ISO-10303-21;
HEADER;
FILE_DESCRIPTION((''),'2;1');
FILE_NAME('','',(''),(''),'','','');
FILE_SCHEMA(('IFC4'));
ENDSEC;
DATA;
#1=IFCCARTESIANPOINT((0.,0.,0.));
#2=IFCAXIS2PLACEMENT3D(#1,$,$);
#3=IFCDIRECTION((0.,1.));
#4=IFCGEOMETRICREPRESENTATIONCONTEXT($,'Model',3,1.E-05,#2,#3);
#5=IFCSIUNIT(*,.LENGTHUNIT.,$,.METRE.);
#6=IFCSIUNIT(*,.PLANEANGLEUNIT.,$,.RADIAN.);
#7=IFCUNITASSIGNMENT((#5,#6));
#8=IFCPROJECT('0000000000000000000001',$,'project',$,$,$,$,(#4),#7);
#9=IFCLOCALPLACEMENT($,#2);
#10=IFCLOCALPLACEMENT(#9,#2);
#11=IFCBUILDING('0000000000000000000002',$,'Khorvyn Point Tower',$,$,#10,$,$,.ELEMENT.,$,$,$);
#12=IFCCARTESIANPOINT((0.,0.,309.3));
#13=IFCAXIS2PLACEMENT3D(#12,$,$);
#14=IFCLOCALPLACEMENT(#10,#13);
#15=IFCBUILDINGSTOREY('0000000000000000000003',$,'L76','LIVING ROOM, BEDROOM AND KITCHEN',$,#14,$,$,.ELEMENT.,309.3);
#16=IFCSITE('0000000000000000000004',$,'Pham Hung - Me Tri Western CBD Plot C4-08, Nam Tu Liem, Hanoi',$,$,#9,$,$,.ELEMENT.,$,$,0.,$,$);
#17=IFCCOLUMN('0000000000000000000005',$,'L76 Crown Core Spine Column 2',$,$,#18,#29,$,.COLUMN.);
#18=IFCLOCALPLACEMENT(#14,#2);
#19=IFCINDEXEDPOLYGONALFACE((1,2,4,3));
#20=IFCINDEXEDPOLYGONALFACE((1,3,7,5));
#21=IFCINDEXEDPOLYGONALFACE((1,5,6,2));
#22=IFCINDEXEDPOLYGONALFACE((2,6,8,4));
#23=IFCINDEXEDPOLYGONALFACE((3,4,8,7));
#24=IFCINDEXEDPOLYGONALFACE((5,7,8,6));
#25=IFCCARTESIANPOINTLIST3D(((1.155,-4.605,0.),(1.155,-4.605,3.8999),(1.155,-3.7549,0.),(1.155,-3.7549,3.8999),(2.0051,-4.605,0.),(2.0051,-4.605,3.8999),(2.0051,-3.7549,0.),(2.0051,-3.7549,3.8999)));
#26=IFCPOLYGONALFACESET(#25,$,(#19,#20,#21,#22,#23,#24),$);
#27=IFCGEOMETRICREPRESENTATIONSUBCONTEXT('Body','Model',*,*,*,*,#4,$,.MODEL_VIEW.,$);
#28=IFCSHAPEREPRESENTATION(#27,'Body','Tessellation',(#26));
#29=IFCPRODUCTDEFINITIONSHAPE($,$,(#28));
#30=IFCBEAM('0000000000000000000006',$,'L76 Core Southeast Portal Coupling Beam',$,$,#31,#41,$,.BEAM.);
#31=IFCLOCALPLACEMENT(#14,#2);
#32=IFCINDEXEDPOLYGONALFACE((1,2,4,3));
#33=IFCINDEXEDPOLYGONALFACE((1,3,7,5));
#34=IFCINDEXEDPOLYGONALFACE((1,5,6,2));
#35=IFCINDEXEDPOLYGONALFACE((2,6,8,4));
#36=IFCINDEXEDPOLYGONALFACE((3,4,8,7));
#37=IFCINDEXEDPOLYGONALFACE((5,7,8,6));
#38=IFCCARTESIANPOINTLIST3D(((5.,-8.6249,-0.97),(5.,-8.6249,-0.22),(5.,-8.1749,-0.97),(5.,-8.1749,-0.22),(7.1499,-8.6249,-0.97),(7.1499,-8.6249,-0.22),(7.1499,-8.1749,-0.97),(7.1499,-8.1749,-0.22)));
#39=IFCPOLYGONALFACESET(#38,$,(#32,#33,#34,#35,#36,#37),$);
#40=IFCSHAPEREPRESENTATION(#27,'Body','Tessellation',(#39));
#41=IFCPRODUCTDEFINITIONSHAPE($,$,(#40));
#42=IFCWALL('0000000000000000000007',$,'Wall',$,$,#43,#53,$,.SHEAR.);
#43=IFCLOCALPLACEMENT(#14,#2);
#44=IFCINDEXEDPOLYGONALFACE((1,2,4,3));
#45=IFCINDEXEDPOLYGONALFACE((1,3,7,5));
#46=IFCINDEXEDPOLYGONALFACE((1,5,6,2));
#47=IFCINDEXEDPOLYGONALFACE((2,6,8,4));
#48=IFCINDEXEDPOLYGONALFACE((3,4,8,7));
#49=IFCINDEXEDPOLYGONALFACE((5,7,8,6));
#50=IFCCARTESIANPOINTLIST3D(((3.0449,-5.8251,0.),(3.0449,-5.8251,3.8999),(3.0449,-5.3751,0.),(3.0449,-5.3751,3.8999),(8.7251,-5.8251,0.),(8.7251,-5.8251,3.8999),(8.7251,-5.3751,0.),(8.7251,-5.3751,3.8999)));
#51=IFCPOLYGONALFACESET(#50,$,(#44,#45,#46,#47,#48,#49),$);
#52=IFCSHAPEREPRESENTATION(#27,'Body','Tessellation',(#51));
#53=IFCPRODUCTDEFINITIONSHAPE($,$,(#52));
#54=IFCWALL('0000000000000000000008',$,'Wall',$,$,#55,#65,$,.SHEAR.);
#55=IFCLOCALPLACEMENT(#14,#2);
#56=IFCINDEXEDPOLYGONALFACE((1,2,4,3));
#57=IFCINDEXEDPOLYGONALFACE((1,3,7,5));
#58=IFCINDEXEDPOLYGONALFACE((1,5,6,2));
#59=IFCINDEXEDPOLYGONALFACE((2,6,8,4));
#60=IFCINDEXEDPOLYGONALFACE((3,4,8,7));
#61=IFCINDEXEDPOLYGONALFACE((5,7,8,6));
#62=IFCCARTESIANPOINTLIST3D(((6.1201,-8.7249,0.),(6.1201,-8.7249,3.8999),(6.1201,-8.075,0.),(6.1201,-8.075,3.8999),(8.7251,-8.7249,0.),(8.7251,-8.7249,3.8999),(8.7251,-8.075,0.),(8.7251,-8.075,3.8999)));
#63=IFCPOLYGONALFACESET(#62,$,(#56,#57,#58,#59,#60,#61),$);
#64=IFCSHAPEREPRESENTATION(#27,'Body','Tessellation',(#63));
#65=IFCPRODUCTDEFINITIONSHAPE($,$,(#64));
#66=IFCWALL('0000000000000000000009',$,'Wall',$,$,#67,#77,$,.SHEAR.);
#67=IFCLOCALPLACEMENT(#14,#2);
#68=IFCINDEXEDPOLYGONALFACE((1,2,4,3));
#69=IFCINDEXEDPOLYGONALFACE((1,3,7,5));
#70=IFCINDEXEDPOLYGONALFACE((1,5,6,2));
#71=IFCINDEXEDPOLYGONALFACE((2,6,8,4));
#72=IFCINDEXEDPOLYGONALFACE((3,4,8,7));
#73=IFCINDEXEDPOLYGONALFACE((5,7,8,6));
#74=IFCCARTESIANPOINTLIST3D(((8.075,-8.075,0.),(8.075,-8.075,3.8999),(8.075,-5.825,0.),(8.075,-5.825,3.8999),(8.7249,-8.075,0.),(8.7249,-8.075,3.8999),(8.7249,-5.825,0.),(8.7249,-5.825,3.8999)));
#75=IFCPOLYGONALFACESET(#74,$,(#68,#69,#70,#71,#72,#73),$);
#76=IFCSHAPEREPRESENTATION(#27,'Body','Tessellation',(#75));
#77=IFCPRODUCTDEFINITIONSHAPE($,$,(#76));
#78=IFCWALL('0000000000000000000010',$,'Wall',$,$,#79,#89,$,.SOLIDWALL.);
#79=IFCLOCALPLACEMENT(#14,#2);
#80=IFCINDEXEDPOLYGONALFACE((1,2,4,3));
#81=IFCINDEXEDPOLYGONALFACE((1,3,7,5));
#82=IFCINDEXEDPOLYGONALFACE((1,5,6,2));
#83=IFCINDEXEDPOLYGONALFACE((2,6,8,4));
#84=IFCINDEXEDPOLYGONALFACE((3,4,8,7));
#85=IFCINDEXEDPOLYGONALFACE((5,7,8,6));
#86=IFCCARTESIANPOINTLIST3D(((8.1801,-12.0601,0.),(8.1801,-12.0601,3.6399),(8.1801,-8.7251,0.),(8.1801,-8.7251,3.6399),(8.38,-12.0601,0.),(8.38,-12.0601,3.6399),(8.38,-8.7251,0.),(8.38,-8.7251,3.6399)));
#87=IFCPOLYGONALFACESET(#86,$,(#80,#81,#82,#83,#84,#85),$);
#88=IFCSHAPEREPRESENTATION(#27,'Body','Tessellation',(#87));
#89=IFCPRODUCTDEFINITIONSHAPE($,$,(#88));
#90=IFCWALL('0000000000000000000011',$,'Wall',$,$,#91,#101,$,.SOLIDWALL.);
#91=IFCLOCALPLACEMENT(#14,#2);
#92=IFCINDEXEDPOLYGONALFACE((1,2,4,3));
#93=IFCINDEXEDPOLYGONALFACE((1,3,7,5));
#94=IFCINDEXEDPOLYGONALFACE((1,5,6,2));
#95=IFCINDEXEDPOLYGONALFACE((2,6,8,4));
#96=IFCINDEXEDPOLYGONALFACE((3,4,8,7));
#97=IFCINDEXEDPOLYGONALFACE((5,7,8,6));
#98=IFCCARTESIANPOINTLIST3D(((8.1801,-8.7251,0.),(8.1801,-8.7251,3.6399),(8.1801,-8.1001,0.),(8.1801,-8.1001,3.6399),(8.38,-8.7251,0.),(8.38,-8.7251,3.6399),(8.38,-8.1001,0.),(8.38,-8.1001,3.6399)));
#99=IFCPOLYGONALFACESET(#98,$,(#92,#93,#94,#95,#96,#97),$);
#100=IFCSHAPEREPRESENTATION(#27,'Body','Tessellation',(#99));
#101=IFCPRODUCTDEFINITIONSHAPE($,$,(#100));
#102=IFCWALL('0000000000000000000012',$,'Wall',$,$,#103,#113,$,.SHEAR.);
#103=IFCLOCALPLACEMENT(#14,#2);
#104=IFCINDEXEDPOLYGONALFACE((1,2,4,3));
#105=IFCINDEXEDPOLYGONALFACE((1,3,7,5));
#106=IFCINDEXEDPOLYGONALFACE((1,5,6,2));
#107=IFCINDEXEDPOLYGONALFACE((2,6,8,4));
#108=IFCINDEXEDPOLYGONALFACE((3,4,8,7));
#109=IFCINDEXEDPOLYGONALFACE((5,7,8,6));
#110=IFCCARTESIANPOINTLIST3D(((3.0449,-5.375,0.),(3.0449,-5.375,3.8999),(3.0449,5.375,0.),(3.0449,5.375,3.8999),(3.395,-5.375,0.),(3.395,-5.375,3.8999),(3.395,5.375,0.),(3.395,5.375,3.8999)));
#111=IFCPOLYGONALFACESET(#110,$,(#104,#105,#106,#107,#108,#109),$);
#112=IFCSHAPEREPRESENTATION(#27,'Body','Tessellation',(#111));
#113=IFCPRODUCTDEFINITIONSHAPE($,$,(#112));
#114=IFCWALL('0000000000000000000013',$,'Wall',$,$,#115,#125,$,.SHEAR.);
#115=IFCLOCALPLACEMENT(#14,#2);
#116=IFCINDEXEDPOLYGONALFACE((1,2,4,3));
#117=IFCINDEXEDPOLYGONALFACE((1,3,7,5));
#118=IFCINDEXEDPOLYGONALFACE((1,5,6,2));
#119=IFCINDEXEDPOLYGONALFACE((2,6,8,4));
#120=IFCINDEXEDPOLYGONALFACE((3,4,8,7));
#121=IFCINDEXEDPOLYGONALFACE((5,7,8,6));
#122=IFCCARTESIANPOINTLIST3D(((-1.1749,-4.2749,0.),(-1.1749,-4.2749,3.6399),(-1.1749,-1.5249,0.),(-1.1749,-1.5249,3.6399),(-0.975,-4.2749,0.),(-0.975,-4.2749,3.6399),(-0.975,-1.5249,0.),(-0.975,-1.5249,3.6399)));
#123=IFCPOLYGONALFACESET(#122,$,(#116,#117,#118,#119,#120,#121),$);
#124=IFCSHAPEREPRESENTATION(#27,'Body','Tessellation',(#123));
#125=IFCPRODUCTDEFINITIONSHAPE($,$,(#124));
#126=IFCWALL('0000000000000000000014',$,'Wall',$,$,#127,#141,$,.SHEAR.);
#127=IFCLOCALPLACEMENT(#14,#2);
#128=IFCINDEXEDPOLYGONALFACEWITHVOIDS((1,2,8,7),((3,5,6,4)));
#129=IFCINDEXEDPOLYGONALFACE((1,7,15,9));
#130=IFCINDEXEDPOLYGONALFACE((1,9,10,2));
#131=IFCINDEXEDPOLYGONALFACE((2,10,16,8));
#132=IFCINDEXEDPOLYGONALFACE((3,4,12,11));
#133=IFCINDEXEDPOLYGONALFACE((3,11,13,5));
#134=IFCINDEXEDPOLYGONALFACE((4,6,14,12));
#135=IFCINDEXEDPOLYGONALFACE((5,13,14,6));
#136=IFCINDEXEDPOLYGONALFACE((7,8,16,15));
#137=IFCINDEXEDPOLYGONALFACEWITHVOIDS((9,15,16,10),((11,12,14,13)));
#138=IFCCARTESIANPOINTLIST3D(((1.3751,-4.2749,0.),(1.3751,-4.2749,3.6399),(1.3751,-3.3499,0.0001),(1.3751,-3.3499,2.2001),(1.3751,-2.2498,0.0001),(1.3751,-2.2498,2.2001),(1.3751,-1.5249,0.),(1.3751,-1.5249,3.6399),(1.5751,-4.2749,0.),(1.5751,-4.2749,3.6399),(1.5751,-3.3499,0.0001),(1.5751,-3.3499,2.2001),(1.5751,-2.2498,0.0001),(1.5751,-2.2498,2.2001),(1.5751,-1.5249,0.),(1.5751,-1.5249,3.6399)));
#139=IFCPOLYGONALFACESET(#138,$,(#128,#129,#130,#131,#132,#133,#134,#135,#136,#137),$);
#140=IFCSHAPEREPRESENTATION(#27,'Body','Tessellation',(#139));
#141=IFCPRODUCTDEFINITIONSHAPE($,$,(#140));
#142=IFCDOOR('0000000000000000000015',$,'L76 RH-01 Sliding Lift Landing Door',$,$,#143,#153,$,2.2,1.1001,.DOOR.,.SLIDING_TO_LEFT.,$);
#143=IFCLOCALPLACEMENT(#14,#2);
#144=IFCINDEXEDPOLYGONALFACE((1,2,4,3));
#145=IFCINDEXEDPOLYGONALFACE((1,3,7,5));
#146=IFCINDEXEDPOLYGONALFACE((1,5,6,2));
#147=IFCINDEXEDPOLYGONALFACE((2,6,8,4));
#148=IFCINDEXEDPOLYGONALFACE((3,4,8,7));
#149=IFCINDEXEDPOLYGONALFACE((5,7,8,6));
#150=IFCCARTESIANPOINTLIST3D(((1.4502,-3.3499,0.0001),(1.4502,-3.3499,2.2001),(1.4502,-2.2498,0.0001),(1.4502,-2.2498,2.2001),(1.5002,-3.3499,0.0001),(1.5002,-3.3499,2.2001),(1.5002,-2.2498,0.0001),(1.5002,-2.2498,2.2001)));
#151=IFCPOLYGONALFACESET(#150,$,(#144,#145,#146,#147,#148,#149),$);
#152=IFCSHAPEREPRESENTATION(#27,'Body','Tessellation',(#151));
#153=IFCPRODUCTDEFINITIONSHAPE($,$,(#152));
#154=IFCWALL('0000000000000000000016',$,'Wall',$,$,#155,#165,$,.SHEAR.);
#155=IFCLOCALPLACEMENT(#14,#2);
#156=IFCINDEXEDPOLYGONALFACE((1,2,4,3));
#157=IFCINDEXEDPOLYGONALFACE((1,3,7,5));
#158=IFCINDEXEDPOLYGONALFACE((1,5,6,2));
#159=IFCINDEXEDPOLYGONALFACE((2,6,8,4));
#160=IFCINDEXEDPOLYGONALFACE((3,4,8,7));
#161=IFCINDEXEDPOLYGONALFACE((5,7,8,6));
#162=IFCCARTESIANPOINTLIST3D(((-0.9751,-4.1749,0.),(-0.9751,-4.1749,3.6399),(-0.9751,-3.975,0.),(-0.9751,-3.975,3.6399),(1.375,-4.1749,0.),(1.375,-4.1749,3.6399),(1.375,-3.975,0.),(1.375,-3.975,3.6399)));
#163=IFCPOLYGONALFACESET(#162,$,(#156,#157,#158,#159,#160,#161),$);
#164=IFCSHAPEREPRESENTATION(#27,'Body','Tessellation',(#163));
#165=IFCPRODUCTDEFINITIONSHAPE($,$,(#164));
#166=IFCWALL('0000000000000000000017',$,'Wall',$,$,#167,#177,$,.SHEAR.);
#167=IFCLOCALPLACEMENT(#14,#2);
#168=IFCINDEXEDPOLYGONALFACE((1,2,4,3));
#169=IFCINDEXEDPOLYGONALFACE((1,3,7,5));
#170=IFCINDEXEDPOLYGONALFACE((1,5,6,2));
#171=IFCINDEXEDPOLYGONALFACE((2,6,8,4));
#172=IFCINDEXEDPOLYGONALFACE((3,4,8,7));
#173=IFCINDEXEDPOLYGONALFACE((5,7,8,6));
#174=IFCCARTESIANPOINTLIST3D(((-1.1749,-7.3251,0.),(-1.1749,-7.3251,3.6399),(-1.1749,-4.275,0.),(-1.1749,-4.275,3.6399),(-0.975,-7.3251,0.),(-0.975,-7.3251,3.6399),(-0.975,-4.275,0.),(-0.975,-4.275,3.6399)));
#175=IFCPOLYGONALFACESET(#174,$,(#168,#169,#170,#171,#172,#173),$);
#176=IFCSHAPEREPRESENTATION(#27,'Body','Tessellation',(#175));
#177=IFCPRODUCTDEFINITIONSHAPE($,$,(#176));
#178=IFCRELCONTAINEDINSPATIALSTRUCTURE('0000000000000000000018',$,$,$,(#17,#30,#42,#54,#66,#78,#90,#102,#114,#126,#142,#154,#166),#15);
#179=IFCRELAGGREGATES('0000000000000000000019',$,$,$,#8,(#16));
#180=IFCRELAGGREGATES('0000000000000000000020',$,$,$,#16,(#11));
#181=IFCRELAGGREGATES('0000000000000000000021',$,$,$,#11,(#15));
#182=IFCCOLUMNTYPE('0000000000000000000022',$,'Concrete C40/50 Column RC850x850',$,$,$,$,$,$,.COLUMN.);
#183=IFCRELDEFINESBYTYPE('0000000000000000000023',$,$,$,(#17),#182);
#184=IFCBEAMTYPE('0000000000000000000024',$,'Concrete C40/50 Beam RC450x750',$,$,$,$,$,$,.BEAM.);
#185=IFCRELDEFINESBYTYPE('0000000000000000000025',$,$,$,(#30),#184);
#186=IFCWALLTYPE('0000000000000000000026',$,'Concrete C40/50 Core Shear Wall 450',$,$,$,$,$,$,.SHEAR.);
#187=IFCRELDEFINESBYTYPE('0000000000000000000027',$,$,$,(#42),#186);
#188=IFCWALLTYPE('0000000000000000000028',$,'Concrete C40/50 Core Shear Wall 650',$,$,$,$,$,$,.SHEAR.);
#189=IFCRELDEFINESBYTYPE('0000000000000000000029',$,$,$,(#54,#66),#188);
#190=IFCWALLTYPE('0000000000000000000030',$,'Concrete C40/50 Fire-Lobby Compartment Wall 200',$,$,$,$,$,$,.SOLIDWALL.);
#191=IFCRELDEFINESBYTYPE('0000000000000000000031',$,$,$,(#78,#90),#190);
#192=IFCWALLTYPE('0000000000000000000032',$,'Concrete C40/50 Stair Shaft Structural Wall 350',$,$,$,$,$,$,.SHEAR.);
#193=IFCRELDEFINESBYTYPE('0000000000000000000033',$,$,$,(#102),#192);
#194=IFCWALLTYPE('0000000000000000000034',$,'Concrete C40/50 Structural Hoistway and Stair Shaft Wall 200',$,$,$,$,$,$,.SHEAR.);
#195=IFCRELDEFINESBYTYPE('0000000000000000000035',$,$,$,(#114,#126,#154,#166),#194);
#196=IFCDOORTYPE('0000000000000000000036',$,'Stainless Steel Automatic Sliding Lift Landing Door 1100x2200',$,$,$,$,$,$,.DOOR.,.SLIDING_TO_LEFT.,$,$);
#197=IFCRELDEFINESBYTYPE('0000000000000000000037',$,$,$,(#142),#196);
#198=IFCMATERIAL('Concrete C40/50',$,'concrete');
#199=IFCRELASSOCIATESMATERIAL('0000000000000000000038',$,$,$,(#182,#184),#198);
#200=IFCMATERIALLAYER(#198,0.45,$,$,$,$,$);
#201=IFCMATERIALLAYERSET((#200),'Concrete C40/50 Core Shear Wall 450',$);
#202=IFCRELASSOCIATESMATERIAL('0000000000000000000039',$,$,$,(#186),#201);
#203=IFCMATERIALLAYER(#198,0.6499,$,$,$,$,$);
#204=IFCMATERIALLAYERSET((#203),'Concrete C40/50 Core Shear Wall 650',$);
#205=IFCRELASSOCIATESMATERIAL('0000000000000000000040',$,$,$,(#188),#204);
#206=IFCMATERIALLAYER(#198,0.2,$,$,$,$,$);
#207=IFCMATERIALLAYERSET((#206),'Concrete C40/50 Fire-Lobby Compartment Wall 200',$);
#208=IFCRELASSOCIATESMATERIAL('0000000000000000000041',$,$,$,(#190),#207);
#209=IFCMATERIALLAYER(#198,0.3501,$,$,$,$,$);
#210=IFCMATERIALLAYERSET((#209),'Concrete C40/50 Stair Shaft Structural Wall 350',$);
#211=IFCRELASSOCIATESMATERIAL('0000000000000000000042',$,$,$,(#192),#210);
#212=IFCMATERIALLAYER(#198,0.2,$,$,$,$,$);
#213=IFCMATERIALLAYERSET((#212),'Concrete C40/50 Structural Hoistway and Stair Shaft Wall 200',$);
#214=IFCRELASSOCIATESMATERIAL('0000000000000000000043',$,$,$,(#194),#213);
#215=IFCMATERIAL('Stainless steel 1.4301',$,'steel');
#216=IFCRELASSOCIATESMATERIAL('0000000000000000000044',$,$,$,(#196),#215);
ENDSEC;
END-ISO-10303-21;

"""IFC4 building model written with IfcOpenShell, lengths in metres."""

from ifc_helpers import new_model, si_unit, direction, frame, frame_2d, origin, origin_2d, place, context, subcontext, project, spatial, rectangle, extrude, material, layer, layer_set, material_profile, profile_set, type_object, element, fill, save


model = new_model("IFC4")

# Units and contexts
model_context = context("Model", 3, precision=1e-05, world=origin(), true_north=direction((0.0, 1.0)))
body_context = subcontext(model_context, "Body", "Model", "MODEL_VIEW")
ifc_project = project(units=[si_unit("LENGTHUNIT", "METRE"), si_unit("PLANEANGLEUNIT", "RADIAN")], contexts=[model_context])

# Site, building, storey
site_placement = place(None, origin())
site = spatial("IfcSite", under=ifc_project, at=site_placement, Name="Pham Hung - Me Tri Western CBD Plot C4-08, Nam Tu Liem, Hanoi", CompositionType="ELEMENT", RefElevation=0.0)
building_placement = place(site_placement, origin())
building = spatial("IfcBuilding", under=site, at=building_placement, Name="Khorvyn Point Tower", CompositionType="ELEMENT")
storey_placement = place(building_placement, frame((0.0, 0.0, 309.3)))
storey = spatial("IfcBuildingStorey", under=building, at=storey_placement, Name="L76", Description="LIVING ROOM, BEDROOM AND KITCHEN", CompositionType="ELEMENT", Elevation=309.3)

# Column
ifc_material_1 = material(Name="Concrete C40/50", Category="concrete")
ifc_material_profile_1 = material_profile(ifc_material_1, rectangle(XDim=0.8501, YDim=0.8501, at=origin_2d()))
ifc_profile_set_1 = profile_set([ifc_material_profile_1], Name="Concrete C40/50 RC850x850")
column_type = type_object("IfcColumnType", Name="Concrete C40/50 Column RC850x850", PredefinedType="COLUMN", material=ifc_profile_set_1)
column_placement = place(storey_placement, frame((1.5801, -4.1799, 0.0), z_axis=(0.0, 0.0, 1.0), x_axis=(1.0, 0.0, 0.0)))
element("IfcColumn", 1, at=column_placement, inside=storey, type_object=column_type, Name="L76 Crown Core Spine Column 2", PredefinedType="COLUMN", context=body_context, shape_type="SweptSolid", body=[
    extrude(rectangle(XDim=0.8501, YDim=0.8501, at=origin_2d()), origin(), (0.0, 0.0, 1.0), 3.8999),
])

# Beam
ifc_material_profile_2 = material_profile(ifc_material_1, rectangle(XDim=0.45, YDim=0.75, at=origin_2d()))
ifc_profile_set_2 = profile_set([ifc_material_profile_2], Name="Concrete C40/50 RC450x750")
beam_type = type_object("IfcBeamType", Name="Concrete C40/50 Beam RC450x750", PredefinedType="BEAM", material=ifc_profile_set_2)
beam_placement = place(storey_placement, frame((5.0, -8.3999, -0.595), z_axis=(1.0, 0.0, 0.0), x_axis=(0.0, 1.0, 0.0)))
element("IfcBeam", 2, at=beam_placement, inside=storey, type_object=beam_type, Name="L76 Core Southeast Portal Coupling Beam", PredefinedType="BEAM", context=body_context, shape_type="SweptSolid", body=[
    extrude(rectangle(XDim=0.45, YDim=0.75, at=origin_2d()), origin(), (0.0, 0.0, 1.0), 2.1499),
])

# Walls
ifc_layer_1 = layer(ifc_material_1, 0.45)
ifc_layer_set_1 = layer_set([ifc_layer_1], Name="Concrete C40/50 Core Shear Wall 450")
wall_type_1 = type_object("IfcWallType", Name="Concrete C40/50 Core Shear Wall 450", PredefinedType="SHEAR", material=ifc_layer_set_1)
wall_1_placement = place(storey_placement, frame((3.0449, -5.6001, 0.0), z_axis=(0.0, 0.0, 1.0), x_axis=(1.0, 0.0, 0.0)))
element("IfcWall", 3, at=wall_1_placement, inside=storey, type_object=wall_type_1, Name="Wall", PredefinedType="SHEAR", context=body_context, shape_type="SweptSolid", body=[
    extrude(rectangle(XDim=5.6802, YDim=0.45, at=frame_2d((2.8401, 0.0))), origin(), (0.0, 0.0, 1.0), 3.8999),
])
ifc_layer_2 = layer(ifc_material_1, 0.6499)
ifc_layer_set_2 = layer_set([ifc_layer_2], Name="Concrete C40/50 Core Shear Wall 650")
wall_type_2 = type_object("IfcWallType", Name="Concrete C40/50 Core Shear Wall 650", PredefinedType="SHEAR", material=ifc_layer_set_2)
wall_2_placement = place(storey_placement, frame((6.1201, -8.3999, 0.0), z_axis=(0.0, 0.0, 1.0), x_axis=(1.0, 0.0, 0.0)))
element("IfcWall", 4, at=wall_2_placement, inside=storey, type_object=wall_type_2, Name="Wall", PredefinedType="SHEAR", context=body_context, shape_type="SweptSolid", body=[
    extrude(rectangle(XDim=2.605, YDim=0.6499, at=frame_2d((1.3025, 0.0))), origin(), (0.0, 0.0, 1.0), 3.8999),
])
wall_3_placement = place(storey_placement, frame((8.3999, -8.075, 0.0), z_axis=(0.0, 0.0, 1.0), x_axis=(0.0, 1.0, 0.0)))
element("IfcWall", 5, at=wall_3_placement, inside=storey, type_object=wall_type_2, Name="Wall", PredefinedType="SHEAR", context=body_context, shape_type="SweptSolid", body=[
    extrude(rectangle(XDim=2.25, YDim=0.6499, at=frame_2d((1.125, 0.0))), origin(), (0.0, 0.0, 1.0), 3.8999),
])

# Shared definitions
ifc_layer_3 = layer(ifc_material_1, 0.2)
ifc_layer_set_3 = layer_set([ifc_layer_3], Name="Concrete C40/50 Fire-Lobby Compartment Wall 200")
wall_type_3 = type_object("IfcWallType", Name="Concrete C40/50 Fire-Lobby Compartment Wall 200", PredefinedType="SOLIDWALL", material=ifc_layer_set_3)

# Walls
wall_4_placement = place(storey_placement, frame((8.28, -12.0601, 0.0), z_axis=(0.0, 0.0, 1.0), x_axis=(0.0, 1.0, 0.0)))
element("IfcWall", 6, at=wall_4_placement, inside=storey, type_object=wall_type_3, Name="Wall", PredefinedType="SOLIDWALL", context=body_context, shape_type="SweptSolid", body=[
    extrude(rectangle(XDim=3.335, YDim=0.2, at=frame_2d((1.6675, 0.0))), origin(), (0.0, 0.0, 1.0), 3.6399),
])
wall_5_placement = place(storey_placement, frame((8.28, -8.7251, 0.0), z_axis=(0.0, 0.0, 1.0), x_axis=(0.0, 1.0, 0.0)))
element("IfcWall", 7, at=wall_5_placement, inside=storey, type_object=wall_type_3, Name="Wall", PredefinedType="SOLIDWALL", context=body_context, shape_type="SweptSolid", body=[
    extrude(rectangle(XDim=0.625, YDim=0.2, at=frame_2d((0.3125, 0.0))), origin(), (0.0, 0.0, 1.0), 3.6399),
])
ifc_layer_4 = layer(ifc_material_1, 0.3501)
ifc_layer_set_4 = layer_set([ifc_layer_4], Name="Concrete C40/50 Stair Shaft Structural Wall 350")
wall_type_4 = type_object("IfcWallType", Name="Concrete C40/50 Stair Shaft Structural Wall 350", PredefinedType="SHEAR", material=ifc_layer_set_4)
wall_6_placement = place(storey_placement, frame((3.22, -5.375, 0.0), z_axis=(0.0, 0.0, 1.0), x_axis=(0.0, 1.0, 0.0)))
element("IfcWall", 8, at=wall_6_placement, inside=storey, type_object=wall_type_4, Name="Wall", PredefinedType="SHEAR", context=body_context, shape_type="SweptSolid", body=[
    extrude(rectangle(XDim=10.75, YDim=0.3501, at=frame_2d((5.375, 0.0))), origin(), (0.0, 0.0, 1.0), 3.8999),
])

# Wall
ifc_layer_5 = layer(ifc_material_1, 0.2)
ifc_layer_set_5 = layer_set([ifc_layer_5], Name="Concrete C40/50 Structural Hoistway and Stair Shaft Wall 200")
wall_type_5 = type_object("IfcWallType", Name="Concrete C40/50 Structural Hoistway and Stair Shaft Wall 200", PredefinedType="SHEAR", material=ifc_layer_set_5)
wall_7_placement = place(storey_placement, frame((-1.075, -4.2749, 0.0), z_axis=(0.0, 0.0, 1.0), x_axis=(0.0, 1.0, 0.0)))
element("IfcWall", 9, at=wall_7_placement, inside=storey, type_object=wall_type_5, Name="Wall", PredefinedType="SHEAR", context=body_context, shape_type="SweptSolid", body=[
    extrude(rectangle(XDim=2.75, YDim=0.2, at=frame_2d((1.375, 0.0))), origin(), (0.0, 0.0, 1.0), 3.6399),
])

# Wall, opening, door
wall_8_placement = place(storey_placement, frame((1.4751, -4.2749, 0.0), z_axis=(0.0, 0.0, 1.0), x_axis=(0.0, 1.0, 0.0)))
wall_8 = element("IfcWall", 10, at=wall_8_placement, inside=storey, type_object=wall_type_5, Name="Wall", PredefinedType="SHEAR", context=body_context, shape_type="SweptSolid", body=[
    extrude(rectangle(XDim=2.75, YDim=0.2, at=frame_2d((1.375, 0.0))), origin(), (0.0, 0.0, 1.0), 3.6399),
])
opening_1_placement = place(wall_8_placement, frame((0.925, 0.0, 0.0)))
opening_1 = element("IfcOpeningElement", 11, at=opening_1_placement, cuts=wall_8, PredefinedType="OPENING", context=body_context, shape_type="SweptSolid", body=[
    extrude(rectangle(XDim=1.1001, YDim=2.2, at=frame_2d((0.55, 1.1001))), frame((0.0, 0.1099, 0.0), z_axis=(0.0, -1.0, 0.0), x_axis=(1.0, 0.0, 0.0)), (0.0, 0.0, 1.0), 0.22),
])
ifc_material_2 = material(Name="Stainless steel 1.4301", Category="steel")
door_type_1 = type_object("IfcDoorType", Name="Stainless Steel Automatic Sliding Lift Landing Door 1100x2200", OperationType="SLIDING_TO_LEFT", PredefinedType="DOOR", material=ifc_material_2)
door_1_placement = place(opening_1_placement, origin())
door_1 = element("IfcDoor", 12, at=door_1_placement, inside=storey, type_object=door_type_1, Name="L76 RH-01 Sliding Lift Landing Door", OperationType="SLIDING_TO_LEFT", OverallHeight=2.2, OverallWidth=1.1001, PredefinedType="DOOR", context=body_context, shape_type="SweptSolid", body=[
    extrude(rectangle(XDim=1.1001, YDim=2.2, at=frame_2d((0.55, 1.1001))), frame((0.0, 0.0249, 0.0), z_axis=(0.0, -1.0, 0.0), x_axis=(1.0, 0.0, 0.0)), (0.0, 0.0, 1.0), 0.05),
])
fill(opening_1, door_1)

# Walls
wall_9_placement = place(storey_placement, frame((-0.9751, -4.075, 0.0), z_axis=(0.0, 0.0, 1.0), x_axis=(1.0, 0.0, 0.0)))
element("IfcWall", 13, at=wall_9_placement, inside=storey, type_object=wall_type_5, Name="Wall", PredefinedType="SHEAR", context=body_context, shape_type="SweptSolid", body=[
    extrude(rectangle(XDim=2.3501, YDim=0.2, at=frame_2d((1.175, 0.0))), origin(), (0.0, 0.0, 1.0), 3.6399),
])
wall_10_placement = place(storey_placement, frame((-1.075, -7.325, 0.0), z_axis=(0.0, 0.0, 1.0), x_axis=(0.0, 1.0, 0.0)))
element("IfcWall", 14, at=wall_10_placement, inside=storey, type_object=wall_type_5, Name="Wall", PredefinedType="SHEAR", context=body_context, shape_type="SweptSolid", body=[
    extrude(rectangle(XDim=3.05, YDim=0.2, at=frame_2d((1.5249, 0.0))), origin(), (0.0, 0.0, 1.0), 3.6399),
])

save(model, "model.ifc")
